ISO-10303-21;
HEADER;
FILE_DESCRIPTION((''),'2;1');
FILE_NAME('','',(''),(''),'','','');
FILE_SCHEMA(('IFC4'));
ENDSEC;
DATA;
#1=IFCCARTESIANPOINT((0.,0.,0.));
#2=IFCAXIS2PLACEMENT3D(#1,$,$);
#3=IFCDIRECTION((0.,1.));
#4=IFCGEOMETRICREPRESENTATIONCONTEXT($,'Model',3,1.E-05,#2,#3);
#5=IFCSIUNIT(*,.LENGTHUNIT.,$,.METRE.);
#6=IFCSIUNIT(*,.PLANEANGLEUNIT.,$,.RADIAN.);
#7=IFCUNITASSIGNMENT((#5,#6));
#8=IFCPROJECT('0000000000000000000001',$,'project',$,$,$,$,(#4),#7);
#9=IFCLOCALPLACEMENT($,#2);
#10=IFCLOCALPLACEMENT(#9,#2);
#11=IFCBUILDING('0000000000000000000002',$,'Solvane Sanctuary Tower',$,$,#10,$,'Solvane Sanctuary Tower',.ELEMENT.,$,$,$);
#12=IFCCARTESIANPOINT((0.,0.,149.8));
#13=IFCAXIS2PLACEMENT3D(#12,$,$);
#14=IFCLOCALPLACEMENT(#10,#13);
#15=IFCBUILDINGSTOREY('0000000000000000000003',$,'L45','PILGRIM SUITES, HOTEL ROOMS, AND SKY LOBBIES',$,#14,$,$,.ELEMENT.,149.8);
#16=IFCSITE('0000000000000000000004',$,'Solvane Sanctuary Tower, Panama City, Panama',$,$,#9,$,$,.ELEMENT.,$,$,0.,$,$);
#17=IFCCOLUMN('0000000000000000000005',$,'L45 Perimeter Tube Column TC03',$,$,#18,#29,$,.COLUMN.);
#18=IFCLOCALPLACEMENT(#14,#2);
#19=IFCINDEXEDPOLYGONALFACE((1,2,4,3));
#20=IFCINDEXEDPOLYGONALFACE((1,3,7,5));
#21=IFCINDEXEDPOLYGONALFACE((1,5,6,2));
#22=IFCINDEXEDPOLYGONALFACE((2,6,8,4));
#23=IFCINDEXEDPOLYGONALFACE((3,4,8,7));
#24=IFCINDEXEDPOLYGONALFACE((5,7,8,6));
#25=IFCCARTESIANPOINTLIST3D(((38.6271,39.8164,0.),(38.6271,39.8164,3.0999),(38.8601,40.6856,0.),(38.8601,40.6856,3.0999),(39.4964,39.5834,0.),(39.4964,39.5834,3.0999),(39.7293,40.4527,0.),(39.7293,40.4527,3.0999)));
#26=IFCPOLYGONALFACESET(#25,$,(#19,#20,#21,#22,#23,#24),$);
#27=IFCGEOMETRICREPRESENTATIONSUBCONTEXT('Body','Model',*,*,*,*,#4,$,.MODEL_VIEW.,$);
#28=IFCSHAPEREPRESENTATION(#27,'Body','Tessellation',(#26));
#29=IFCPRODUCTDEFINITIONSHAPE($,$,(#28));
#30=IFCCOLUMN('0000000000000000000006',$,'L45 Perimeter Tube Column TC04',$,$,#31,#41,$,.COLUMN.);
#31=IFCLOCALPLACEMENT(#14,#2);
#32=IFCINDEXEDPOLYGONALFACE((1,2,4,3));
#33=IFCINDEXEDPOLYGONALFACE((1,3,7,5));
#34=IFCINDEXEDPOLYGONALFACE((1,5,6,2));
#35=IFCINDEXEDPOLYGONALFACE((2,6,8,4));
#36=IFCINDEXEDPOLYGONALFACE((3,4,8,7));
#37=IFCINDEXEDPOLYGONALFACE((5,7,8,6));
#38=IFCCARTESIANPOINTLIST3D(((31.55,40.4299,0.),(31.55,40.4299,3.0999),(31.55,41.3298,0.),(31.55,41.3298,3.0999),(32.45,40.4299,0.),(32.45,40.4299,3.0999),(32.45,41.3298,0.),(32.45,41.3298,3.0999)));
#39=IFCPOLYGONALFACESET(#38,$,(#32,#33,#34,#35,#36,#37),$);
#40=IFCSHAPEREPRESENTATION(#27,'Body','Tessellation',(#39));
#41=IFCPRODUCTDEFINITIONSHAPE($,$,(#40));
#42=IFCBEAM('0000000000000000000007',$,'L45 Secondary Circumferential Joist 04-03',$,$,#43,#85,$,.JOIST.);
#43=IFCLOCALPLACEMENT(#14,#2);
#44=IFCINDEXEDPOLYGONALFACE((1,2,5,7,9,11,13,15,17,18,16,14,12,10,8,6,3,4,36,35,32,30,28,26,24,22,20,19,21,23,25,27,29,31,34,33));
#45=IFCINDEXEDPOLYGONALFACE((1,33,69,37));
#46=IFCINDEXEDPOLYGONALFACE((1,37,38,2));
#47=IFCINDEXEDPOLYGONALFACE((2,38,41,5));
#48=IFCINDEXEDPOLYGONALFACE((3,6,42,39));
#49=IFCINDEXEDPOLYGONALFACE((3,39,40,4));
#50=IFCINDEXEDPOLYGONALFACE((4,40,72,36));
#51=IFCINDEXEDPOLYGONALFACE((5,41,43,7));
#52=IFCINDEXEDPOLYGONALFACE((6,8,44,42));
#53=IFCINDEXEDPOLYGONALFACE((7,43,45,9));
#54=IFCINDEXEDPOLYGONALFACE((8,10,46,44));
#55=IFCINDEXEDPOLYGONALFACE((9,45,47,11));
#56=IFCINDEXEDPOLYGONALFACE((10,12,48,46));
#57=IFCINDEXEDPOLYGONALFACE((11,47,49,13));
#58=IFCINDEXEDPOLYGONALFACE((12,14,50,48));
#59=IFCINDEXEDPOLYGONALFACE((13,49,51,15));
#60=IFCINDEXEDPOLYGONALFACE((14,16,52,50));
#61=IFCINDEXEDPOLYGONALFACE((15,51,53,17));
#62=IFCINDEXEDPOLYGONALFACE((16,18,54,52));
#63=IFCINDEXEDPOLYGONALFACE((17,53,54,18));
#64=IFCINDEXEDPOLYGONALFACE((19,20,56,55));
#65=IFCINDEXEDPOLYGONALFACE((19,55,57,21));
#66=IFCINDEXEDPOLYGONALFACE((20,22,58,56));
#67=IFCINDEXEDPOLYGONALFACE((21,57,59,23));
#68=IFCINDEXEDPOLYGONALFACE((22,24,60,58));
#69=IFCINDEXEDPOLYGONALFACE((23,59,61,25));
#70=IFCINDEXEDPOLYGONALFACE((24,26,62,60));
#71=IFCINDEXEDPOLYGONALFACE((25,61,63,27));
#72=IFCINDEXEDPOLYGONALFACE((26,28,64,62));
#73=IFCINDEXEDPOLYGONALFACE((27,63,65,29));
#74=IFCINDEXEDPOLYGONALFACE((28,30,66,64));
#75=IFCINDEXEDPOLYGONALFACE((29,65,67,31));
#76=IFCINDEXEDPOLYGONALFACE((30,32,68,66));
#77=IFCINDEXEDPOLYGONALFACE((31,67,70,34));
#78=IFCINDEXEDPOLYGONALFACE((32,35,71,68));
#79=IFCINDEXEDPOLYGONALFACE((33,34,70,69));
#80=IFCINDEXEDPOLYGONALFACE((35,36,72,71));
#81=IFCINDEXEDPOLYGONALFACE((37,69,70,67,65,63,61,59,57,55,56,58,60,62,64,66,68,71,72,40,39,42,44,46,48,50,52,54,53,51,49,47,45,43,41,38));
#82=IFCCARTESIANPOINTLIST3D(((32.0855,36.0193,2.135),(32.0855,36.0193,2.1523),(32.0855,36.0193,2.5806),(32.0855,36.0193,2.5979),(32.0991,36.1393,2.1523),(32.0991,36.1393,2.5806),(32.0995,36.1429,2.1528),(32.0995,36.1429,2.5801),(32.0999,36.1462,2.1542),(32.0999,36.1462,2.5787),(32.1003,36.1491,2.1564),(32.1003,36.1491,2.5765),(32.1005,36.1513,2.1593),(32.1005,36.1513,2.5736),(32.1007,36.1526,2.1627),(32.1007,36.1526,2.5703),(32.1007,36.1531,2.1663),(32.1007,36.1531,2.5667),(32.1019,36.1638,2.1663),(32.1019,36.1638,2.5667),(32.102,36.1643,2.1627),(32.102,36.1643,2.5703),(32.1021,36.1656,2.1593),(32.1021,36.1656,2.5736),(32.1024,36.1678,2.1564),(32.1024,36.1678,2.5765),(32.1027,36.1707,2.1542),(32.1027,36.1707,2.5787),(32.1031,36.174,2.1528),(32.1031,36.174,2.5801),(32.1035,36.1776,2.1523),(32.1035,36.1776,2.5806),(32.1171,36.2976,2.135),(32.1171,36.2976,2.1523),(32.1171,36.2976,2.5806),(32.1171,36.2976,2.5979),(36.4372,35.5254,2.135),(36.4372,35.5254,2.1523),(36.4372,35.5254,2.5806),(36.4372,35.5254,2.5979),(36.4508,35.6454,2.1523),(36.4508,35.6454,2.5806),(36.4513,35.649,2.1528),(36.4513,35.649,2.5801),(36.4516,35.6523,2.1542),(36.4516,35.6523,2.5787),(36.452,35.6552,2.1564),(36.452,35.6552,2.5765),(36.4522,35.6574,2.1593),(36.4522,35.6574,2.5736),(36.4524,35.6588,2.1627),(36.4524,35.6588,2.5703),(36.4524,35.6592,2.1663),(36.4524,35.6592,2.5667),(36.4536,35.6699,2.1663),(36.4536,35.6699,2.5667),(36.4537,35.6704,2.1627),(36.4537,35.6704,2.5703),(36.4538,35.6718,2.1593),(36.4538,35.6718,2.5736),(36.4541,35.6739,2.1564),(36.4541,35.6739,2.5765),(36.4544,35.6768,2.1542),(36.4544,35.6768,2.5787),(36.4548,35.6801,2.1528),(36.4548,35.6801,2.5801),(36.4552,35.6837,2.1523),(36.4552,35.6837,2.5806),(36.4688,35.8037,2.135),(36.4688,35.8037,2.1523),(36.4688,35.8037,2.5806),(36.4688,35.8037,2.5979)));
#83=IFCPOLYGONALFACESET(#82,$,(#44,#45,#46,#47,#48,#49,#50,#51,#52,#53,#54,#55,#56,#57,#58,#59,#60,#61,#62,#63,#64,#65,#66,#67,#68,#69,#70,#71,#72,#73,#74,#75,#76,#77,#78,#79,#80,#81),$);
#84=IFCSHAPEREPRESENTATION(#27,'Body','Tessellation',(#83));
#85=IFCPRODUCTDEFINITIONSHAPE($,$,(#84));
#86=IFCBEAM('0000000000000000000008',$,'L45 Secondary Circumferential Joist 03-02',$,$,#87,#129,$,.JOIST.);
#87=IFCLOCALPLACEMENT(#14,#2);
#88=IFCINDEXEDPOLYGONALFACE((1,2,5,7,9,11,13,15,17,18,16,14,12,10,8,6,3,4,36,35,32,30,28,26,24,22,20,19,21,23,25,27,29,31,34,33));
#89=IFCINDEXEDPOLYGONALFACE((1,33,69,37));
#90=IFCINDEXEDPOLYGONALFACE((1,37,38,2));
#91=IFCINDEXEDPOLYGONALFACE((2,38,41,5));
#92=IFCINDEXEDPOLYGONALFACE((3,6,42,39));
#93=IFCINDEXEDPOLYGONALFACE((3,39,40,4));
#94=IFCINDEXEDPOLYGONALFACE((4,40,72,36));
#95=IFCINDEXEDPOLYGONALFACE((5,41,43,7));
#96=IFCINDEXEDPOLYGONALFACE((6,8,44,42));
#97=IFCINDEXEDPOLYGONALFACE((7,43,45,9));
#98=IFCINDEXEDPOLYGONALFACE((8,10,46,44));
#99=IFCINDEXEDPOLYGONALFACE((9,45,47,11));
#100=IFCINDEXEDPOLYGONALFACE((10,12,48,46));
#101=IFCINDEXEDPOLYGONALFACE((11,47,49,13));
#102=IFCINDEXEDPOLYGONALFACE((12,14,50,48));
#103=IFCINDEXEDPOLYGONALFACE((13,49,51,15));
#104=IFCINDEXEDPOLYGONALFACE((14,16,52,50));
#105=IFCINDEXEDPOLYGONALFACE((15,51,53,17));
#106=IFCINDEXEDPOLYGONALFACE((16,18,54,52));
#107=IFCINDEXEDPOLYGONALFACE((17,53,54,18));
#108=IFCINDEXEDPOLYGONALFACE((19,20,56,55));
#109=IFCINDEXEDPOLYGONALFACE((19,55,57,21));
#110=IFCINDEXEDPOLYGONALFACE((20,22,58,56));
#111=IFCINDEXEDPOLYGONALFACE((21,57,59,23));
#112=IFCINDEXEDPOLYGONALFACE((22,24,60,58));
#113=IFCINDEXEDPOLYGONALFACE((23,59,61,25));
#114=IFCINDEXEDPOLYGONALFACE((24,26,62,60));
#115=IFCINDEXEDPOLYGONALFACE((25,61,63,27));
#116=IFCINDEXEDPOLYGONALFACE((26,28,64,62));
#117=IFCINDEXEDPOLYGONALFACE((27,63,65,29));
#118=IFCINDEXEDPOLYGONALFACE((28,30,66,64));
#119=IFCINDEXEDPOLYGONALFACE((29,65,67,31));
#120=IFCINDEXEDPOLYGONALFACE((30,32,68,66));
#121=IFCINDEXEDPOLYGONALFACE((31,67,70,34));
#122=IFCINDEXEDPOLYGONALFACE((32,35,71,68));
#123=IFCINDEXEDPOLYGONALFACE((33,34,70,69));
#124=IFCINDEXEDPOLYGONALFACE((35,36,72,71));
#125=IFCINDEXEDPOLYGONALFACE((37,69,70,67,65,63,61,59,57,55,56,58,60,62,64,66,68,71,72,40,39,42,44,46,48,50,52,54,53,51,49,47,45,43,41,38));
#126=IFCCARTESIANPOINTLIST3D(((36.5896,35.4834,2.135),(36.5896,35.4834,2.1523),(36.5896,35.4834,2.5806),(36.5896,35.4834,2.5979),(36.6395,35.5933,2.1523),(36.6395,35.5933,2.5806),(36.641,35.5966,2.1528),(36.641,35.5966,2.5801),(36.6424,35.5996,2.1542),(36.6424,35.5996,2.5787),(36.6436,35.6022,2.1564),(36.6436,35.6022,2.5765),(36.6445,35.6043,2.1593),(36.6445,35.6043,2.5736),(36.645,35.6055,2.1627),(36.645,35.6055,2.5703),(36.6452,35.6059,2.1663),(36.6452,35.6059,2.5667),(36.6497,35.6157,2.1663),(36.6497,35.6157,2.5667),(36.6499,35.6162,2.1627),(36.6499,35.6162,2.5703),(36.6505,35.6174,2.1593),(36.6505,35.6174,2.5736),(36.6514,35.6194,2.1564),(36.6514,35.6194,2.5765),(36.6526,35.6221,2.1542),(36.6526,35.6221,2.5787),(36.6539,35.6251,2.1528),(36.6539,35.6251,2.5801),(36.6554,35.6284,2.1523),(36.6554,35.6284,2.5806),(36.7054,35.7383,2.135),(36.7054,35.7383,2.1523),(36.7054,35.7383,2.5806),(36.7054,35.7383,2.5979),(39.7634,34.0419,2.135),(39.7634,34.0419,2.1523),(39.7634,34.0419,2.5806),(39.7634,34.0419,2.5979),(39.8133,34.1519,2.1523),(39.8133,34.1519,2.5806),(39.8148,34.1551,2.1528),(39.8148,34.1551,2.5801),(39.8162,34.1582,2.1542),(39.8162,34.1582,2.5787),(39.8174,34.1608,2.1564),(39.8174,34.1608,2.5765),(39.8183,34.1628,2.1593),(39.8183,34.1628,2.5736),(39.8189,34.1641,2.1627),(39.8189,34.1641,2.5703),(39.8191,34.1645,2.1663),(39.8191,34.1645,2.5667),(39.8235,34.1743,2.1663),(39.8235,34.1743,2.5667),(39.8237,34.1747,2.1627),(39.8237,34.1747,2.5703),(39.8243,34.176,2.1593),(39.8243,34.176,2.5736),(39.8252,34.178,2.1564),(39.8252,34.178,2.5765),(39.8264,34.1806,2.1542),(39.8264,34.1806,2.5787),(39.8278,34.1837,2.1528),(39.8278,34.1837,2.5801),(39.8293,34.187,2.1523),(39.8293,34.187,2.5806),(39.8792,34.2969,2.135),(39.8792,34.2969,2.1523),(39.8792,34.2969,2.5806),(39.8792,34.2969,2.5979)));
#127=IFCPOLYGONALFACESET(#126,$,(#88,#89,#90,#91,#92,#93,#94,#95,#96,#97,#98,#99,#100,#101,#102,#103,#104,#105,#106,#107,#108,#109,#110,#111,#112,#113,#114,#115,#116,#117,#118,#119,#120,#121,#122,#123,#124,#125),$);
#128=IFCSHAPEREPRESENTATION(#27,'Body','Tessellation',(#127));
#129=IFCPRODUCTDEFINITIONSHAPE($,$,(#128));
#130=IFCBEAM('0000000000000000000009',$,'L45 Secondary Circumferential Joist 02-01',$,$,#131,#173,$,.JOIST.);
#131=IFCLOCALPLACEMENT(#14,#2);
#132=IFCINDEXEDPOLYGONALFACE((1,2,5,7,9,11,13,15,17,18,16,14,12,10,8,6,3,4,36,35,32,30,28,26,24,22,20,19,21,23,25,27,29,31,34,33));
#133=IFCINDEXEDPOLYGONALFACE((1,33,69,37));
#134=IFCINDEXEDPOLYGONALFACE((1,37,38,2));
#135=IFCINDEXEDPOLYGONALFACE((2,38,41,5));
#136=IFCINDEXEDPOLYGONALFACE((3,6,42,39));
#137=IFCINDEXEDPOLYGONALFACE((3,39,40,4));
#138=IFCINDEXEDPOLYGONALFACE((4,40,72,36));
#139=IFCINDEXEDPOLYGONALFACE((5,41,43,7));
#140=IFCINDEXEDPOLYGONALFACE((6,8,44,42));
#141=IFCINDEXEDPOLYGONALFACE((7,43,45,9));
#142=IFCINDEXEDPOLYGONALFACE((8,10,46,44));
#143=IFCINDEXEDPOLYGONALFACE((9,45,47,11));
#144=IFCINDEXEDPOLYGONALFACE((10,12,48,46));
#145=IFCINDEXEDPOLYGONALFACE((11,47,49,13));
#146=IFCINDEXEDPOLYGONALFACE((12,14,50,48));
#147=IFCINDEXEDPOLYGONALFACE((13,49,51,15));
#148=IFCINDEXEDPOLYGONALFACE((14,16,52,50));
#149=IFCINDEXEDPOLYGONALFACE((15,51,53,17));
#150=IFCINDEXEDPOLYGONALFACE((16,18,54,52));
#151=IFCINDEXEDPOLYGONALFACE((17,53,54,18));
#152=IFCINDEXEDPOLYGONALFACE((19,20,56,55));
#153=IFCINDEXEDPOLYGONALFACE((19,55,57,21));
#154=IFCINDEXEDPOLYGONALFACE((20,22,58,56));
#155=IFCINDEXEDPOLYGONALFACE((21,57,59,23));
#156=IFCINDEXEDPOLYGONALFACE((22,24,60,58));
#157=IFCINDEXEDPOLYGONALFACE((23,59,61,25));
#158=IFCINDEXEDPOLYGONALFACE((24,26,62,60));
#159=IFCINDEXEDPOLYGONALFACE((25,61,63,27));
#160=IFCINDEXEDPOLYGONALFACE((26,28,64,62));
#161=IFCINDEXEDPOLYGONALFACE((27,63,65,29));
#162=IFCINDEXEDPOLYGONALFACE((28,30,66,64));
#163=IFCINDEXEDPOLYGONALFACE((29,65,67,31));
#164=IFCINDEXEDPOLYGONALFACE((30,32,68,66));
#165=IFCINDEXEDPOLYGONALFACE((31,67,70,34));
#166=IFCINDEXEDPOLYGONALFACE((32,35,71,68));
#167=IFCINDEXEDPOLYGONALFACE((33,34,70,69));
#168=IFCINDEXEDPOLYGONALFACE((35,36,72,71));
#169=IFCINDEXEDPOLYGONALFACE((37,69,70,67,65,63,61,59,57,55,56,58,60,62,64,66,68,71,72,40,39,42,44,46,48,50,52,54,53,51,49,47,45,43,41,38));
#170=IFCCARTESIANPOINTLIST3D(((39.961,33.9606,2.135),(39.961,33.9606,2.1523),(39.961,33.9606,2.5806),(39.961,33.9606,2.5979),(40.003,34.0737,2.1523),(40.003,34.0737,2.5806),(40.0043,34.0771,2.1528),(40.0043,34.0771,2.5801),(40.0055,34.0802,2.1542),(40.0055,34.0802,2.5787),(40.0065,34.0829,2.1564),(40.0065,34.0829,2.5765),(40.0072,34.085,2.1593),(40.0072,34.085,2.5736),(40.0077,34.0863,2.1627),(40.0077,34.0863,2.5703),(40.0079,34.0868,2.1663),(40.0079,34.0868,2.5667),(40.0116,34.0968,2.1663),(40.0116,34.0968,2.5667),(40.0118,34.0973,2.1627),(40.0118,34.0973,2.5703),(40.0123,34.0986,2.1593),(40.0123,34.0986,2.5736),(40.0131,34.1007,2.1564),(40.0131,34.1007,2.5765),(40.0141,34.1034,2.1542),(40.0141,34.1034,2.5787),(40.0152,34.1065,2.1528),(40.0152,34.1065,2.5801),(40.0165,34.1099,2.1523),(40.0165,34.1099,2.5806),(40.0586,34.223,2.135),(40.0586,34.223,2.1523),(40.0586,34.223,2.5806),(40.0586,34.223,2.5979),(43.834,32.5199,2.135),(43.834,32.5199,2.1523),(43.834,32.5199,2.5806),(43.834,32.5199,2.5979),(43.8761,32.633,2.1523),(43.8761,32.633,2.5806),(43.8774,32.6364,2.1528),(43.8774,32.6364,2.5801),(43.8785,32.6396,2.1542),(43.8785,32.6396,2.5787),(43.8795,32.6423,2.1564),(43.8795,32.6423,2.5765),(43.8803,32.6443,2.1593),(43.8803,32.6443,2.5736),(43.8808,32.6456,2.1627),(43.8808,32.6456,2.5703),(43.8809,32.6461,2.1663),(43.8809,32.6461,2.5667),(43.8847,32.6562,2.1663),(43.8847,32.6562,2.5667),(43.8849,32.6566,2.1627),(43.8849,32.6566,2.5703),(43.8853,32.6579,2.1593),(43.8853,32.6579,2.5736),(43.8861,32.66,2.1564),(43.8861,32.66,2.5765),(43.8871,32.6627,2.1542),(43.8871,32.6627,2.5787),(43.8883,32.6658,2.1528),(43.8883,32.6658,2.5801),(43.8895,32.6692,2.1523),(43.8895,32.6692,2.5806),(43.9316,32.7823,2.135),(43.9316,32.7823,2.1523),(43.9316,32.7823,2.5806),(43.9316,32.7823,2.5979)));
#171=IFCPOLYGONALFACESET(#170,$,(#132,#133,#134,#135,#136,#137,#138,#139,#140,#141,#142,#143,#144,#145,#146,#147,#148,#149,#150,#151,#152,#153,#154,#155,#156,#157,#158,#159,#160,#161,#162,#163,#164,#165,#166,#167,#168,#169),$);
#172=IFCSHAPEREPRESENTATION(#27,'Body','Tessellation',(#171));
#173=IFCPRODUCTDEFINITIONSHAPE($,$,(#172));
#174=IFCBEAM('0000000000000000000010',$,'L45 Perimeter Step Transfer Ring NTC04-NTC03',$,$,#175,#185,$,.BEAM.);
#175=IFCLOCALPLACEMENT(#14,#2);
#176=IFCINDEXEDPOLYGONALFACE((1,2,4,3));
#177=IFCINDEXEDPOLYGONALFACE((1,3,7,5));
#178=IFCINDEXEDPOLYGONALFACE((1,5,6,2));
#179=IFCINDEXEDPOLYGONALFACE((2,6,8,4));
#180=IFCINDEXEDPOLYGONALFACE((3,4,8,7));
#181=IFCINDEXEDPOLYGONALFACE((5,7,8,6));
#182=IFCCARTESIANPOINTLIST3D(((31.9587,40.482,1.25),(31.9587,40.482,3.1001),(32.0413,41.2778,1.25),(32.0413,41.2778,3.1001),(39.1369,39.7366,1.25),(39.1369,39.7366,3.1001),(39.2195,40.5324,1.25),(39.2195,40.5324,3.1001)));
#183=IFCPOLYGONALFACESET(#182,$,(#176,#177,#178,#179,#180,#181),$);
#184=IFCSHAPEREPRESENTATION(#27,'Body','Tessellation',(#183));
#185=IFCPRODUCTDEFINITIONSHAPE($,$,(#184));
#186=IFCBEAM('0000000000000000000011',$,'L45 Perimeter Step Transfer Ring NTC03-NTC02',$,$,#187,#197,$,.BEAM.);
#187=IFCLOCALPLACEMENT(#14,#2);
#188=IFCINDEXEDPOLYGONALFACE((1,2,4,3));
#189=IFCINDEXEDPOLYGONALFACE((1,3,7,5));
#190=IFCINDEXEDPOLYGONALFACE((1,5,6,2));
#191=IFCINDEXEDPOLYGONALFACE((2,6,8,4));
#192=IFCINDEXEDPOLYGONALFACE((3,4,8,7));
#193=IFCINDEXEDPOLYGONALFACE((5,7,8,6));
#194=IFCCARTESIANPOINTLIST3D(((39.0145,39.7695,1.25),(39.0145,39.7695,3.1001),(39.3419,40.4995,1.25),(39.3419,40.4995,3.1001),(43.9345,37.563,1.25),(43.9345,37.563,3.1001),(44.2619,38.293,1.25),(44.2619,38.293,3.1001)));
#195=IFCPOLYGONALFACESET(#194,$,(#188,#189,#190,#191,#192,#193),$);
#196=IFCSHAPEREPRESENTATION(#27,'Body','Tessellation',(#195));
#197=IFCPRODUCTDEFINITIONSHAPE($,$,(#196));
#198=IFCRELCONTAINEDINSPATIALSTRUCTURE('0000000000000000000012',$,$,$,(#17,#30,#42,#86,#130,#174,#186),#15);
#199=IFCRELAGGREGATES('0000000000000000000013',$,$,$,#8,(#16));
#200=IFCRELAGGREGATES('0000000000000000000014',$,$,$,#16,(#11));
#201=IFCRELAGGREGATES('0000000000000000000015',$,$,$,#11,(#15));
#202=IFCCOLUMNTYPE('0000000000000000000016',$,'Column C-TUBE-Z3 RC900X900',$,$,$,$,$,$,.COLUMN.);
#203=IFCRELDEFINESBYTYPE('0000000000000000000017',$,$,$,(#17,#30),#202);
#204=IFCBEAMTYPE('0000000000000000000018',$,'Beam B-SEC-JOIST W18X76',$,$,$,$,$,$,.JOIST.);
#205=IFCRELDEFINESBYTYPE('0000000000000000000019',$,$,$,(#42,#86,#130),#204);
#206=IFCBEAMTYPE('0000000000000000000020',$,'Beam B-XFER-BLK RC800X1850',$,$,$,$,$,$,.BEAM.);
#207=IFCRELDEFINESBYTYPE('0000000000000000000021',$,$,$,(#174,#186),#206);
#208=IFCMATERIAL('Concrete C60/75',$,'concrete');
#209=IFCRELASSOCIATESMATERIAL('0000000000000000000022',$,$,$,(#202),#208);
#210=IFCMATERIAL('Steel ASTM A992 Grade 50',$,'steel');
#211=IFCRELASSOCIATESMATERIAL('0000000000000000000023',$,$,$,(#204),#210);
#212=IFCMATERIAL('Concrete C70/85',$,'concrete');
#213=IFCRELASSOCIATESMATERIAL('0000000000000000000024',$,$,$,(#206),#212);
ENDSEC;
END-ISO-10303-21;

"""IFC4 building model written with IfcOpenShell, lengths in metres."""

from ifc_helpers import new_model, si_unit, direction, frame, origin, origin_2d, place, context, subcontext, project, spatial, rectangle, i_section, extrude, material, material_profile, profile_set, type_object, element, save


model = new_model("IFC4")

# Units and contexts
model_context = context("Model", 3, precision=1e-05, world=origin(), true_north=direction((0.0, 1.0)))
body_context = subcontext(model_context, "Body", "Model", "MODEL_VIEW")
ifc_project = project(units=[si_unit("LENGTHUNIT", "METRE"), si_unit("PLANEANGLEUNIT", "RADIAN")], contexts=[model_context])

# Site, building, storey
site_placement = place(None, origin())
site = spatial("IfcSite", under=ifc_project, at=site_placement, Name="Solvane Sanctuary Tower, Panama City, Panama", CompositionType="ELEMENT", RefElevation=0.0)
building_placement = place(site_placement, origin())
building = spatial("IfcBuilding", under=site, at=building_placement, Name="Solvane Sanctuary Tower", LongName="Solvane Sanctuary Tower", CompositionType="ELEMENT")
storey_placement = place(building_placement, frame((0.0, 0.0, 149.8)))
storey = spatial("IfcBuildingStorey", under=building, at=storey_placement, Name="L45", Description="PILGRIM SUITES, HOTEL ROOMS, AND SKY LOBBIES", CompositionType="ELEMENT", Elevation=149.8)

# Columns
ifc_material_1 = material(Name="Concrete C60/75", Category="concrete")
ifc_material_profile_1 = material_profile(ifc_material_1, rectangle(XDim=0.8999, YDim=0.8999, at=origin_2d()), Name="RC900X900")
ifc_profile_set_1 = profile_set([ifc_material_profile_1], Name="Concrete C60/75")
column_type = type_object("IfcColumnType", Name="Column C-TUBE-Z3 RC900X900", PredefinedType="COLUMN", material=ifc_profile_set_1)
for number, where, z_axis, x_axis, name in (
    (1, (39.1782, 40.1345, 0.0), (0.0, 0.0, 1.0), (0.258819, 0.965926, 0.0), "L45 Perimeter Tube Column TC03"),
    (2, (32.0, 40.8799, 0.0), (0.0, 0.0, 1.0), (0.0, 1.0, 0.0), "L45 Perimeter Tube Column TC04"),
):
    element("IfcColumn", number, at=place(storey_placement, frame(where, z_axis=z_axis, x_axis=x_axis)), inside=storey, type_object=column_type, Name=name, PredefinedType="COLUMN", context=body_context, shape_type="SweptSolid", body=[
        extrude(rectangle(XDim=0.8999, YDim=0.8999, at=origin_2d()), origin(), (0.0, 0.0, 1.0), 3.0999),
    ])

# Beams
ifc_material_2 = material(Name="Steel ASTM A992 Grade 50", Category="steel")
ifc_material_profile_2 = material_profile(ifc_material_2, i_section(OverallWidth=0.28, OverallDepth=0.4629, WebThickness=0.0107, FlangeThickness=0.0173, FilletRadius=0.0139, at=origin_2d()), Name="W18X76")
ifc_profile_set_2 = profile_set([ifc_material_profile_2], Name="Steel ASTM A992 Grade 50")
beam_type_1 = type_object("IfcBeamType", Name="Beam B-SEC-JOIST W18X76", PredefinedType="JOIST", material=ifc_profile_set_2)
beam_1_placement = place(storey_placement, frame((32.1013, 36.1584, 2.3665), z_axis=(0.993621, -0.112768, 0.0), x_axis=(0.112768, 0.993621, 0.0)))
element("IfcBeam", 3, at=beam_1_placement, inside=storey, type_object=beam_type_1, Name="L45 Secondary Circumferential Joist 04-03", PredefinedType="JOIST", context=body_context, shape_type="SweptSolid", body=[
    extrude(i_section(OverallWidth=0.28, OverallDepth=0.4629, WebThickness=0.0107, FlangeThickness=0.0173, FilletRadius=0.0139, at=origin_2d()), origin(), (0.0, 0.0, 1.0), 4.3796),
])
beam_2_placement = place(storey_placement, frame((36.6475, 35.6108, 2.3665), z_axis=(0.910501, -0.413507, 0.0), x_axis=(0.413507, 0.910501, 0.0)))
element("IfcBeam", 4, at=beam_2_placement, inside=storey, type_object=beam_type_1, Name="L45 Secondary Circumferential Joist 03-02", PredefinedType="JOIST", context=body_context, shape_type="SweptSolid", body=[
    extrude(i_section(OverallWidth=0.28, OverallDepth=0.4629, WebThickness=0.0107, FlangeThickness=0.0173, FilletRadius=0.0139, at=origin_2d()), origin(), (0.0, 0.0, 1.0), 3.4858),
])
beam_3_placement = place(storey_placement, frame((40.0098, 34.0918, 2.3665), z_axis=(0.937258, -0.348636, 0.0), x_axis=(0.348636, 0.937258, 0.0)))
element("IfcBeam", 5, at=beam_3_placement, inside=storey, type_object=beam_type_1, Name="L45 Secondary Circumferential Joist 02-01", PredefinedType="JOIST", context=body_context, shape_type="SweptSolid", body=[
    extrude(i_section(OverallWidth=0.28, OverallDepth=0.4629, WebThickness=0.0107, FlangeThickness=0.0173, FilletRadius=0.0139, at=origin_2d()), origin(), (0.0, 0.0, 1.0), 4.1323),
])
ifc_material_3 = material(Name="Concrete C70/85", Category="concrete")
ifc_material_profile_3 = material_profile(ifc_material_3, rectangle(XDim=0.8, YDim=1.8501, at=origin_2d()), Name="RC800X1850")
ifc_profile_set_3 = profile_set([ifc_material_profile_3], Name="Concrete C70/85")
beam_type_2 = type_object("IfcBeamType", Name="Beam B-XFER-BLK RC800X1850", PredefinedType="BEAM", material=ifc_profile_set_3)
beam_4_placement = place(storey_placement, frame((32.0, 40.8799, 2.175), z_axis=(0.994652, -0.103281, 0.0), x_axis=(0.103281, 0.994652, 0.0)))
element("IfcBeam", 6, at=beam_4_placement, inside=storey, type_object=beam_type_2, Name="L45 Perimeter Step Transfer Ring NTC04-NTC03", PredefinedType="BEAM", context=body_context, shape_type="SweptSolid", body=[
    extrude(rectangle(XDim=0.8, YDim=1.8501, at=origin_2d()), origin(), (0.0, 0.0, 1.0), 7.2168),
])
beam_5_placement = place(storey_placement, frame((39.1782, 40.1345, 2.175), z_axis=(0.912436, -0.40922, 0.0), x_axis=(0.40922, 0.912436, 0.0)))
element("IfcBeam", 7, at=beam_5_placement, inside=storey, type_object=beam_type_2, Name="L45 Perimeter Step Transfer Ring NTC03-NTC02", PredefinedType="BEAM", context=body_context, shape_type="SweptSolid", body=[
    extrude(rectangle(XDim=0.8, YDim=1.8501, at=origin_2d()), origin(), (0.0, 0.0, 1.0), 5.3921),
])

save(model, "model.ifc")
